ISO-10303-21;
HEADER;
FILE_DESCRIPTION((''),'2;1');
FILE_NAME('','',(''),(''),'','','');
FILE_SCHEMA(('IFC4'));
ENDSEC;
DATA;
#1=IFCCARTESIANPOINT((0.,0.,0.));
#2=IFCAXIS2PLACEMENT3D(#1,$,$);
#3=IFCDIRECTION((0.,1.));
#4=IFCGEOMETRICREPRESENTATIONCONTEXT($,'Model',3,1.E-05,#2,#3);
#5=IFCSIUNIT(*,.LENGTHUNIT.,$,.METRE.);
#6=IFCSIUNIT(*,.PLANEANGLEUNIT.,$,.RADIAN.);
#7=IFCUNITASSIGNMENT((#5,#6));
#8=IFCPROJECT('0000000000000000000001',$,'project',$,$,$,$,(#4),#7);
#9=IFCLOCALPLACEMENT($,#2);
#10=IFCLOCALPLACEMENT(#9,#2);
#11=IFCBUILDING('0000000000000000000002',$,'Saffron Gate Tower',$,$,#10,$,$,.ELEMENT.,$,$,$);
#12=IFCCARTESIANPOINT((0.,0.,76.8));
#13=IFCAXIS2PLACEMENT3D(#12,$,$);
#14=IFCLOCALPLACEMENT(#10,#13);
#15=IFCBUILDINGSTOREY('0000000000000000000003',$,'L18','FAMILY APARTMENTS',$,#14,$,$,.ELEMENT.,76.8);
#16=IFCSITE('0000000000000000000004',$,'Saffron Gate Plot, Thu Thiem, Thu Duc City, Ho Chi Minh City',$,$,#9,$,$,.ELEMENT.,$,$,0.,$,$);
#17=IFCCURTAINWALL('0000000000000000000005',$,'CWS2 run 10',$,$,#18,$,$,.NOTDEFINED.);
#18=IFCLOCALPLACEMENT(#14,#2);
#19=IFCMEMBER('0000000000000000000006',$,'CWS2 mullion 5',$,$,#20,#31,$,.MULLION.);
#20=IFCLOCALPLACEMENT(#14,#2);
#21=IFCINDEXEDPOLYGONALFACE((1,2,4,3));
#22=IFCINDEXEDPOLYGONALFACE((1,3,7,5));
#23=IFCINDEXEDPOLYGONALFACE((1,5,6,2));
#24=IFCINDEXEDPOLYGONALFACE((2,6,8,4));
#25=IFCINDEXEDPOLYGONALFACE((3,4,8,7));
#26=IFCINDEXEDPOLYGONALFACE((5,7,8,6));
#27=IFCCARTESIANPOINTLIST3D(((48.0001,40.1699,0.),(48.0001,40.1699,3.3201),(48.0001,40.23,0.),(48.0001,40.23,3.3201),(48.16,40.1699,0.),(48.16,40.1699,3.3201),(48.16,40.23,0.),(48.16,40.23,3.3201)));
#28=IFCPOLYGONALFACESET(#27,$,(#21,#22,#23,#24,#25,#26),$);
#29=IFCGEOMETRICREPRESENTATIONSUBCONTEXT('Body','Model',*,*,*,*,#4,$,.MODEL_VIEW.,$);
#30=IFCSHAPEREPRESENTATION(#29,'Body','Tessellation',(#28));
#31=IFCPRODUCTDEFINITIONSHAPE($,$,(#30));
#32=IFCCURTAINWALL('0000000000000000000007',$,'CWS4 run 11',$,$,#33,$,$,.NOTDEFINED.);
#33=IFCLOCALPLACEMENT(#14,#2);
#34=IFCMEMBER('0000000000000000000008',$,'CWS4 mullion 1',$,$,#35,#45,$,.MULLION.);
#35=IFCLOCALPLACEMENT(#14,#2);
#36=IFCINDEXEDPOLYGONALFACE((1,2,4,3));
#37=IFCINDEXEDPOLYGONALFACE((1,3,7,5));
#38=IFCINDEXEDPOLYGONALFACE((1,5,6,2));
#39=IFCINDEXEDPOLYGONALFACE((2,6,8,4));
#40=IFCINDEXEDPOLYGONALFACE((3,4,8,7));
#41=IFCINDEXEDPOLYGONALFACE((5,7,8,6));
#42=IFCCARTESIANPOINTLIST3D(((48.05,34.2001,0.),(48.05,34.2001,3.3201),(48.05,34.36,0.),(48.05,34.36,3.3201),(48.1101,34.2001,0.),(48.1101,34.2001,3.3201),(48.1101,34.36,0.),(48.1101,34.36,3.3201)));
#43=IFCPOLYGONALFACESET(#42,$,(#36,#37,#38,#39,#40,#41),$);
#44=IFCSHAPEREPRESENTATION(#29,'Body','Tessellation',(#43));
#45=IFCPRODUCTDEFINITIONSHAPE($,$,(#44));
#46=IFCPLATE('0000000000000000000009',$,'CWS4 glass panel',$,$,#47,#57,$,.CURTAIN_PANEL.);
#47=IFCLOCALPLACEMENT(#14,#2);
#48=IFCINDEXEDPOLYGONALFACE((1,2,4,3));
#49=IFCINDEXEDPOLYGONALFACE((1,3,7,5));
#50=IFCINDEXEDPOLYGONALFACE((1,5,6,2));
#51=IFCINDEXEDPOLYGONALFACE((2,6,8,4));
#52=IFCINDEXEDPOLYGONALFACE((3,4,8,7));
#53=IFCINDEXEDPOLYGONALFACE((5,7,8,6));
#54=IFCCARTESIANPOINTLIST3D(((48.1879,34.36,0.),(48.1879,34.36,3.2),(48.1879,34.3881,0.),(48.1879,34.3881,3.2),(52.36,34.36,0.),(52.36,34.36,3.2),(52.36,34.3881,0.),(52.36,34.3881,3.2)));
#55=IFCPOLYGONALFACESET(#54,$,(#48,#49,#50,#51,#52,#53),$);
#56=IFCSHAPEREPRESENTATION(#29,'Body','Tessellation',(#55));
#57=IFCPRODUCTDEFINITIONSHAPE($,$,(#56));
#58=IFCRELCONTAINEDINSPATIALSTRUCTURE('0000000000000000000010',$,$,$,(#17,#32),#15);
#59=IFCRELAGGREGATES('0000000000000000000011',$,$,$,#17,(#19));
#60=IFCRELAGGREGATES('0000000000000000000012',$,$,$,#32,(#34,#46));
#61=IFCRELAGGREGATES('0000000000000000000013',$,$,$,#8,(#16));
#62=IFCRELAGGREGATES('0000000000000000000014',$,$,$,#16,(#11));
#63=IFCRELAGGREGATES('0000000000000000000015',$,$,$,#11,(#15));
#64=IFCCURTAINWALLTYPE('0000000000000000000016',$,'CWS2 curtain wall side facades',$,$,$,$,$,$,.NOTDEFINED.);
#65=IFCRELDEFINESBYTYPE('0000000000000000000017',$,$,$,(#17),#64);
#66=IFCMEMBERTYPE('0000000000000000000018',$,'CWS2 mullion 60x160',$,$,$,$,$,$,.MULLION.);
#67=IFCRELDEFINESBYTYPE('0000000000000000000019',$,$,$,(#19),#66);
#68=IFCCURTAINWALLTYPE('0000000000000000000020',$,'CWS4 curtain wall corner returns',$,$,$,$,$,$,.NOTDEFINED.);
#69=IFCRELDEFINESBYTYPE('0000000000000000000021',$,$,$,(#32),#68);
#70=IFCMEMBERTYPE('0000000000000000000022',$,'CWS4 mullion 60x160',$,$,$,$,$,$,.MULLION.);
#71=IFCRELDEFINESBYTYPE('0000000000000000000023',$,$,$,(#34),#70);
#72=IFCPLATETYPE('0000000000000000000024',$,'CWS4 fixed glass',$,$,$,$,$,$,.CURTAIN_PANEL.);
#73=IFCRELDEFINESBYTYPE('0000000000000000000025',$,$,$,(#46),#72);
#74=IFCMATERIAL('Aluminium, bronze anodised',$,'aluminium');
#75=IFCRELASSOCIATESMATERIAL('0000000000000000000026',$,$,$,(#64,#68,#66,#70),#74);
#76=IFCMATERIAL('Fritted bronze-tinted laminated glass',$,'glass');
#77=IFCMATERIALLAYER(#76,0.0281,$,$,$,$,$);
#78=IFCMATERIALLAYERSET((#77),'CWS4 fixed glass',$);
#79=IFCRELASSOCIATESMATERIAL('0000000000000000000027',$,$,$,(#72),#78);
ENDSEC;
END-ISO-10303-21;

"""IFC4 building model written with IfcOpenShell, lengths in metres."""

from ifc_helpers import new_model, si_unit, direction, frame, frame_2d, origin, origin_2d, place, context, subcontext, project, spatial, rectangle, extrude, material, layer, layer_set, material_profile, profile_set, type_object, element, aggregate, save


model = new_model("IFC4")

# Units and contexts
model_context = context("Model", 3, precision=1e-05, world=origin(), true_north=direction((0.0, 1.0)))
body_context = subcontext(model_context, "Body", "Model", "MODEL_VIEW")
ifc_project = project(units=[si_unit("LENGTHUNIT", "METRE"), si_unit("PLANEANGLEUNIT", "RADIAN")], contexts=[model_context])

# Site, building, storey
site_placement = place(None, origin())
site = spatial("IfcSite", under=ifc_project, at=site_placement, Name="Saffron Gate Plot, Thu Thiem, Thu Duc City, Ho Chi Minh City", CompositionType="ELEMENT", RefElevation=0.0)
building_placement = place(site_placement, origin())
building = spatial("IfcBuilding", under=site, at=building_placement, Name="Saffron Gate Tower", CompositionType="ELEMENT")
storey_placement = place(building_placement, frame((0.0, 0.0, 76.8)))
storey = spatial("IfcBuildingStorey", under=building, at=storey_placement, Name="L18", Description="FAMILY APARTMENTS", CompositionType="ELEMENT", Elevation=76.8)

# Curtain wall, member
ifc_material_1 = material(Name="Aluminium, bronze anodised", Category="aluminium")
curtain_wall_type_1 = type_object("IfcCurtainWallType", Name="CWS2 curtain wall side facades", PredefinedType="NOTDEFINED", material=ifc_material_1)
curtain_wall_1_placement = place(storey_placement, origin())
curtain_wall_1 = element("IfcCurtainWall", 1, at=curtain_wall_1_placement, inside=storey, type_object=curtain_wall_type_1, Name="CWS2 run 10", PredefinedType="NOTDEFINED")
ifc_material_profile_1 = material_profile(ifc_material_1, rectangle(XDim=0.1599, YDim=0.0601, at=origin_2d()))
ifc_profile_set_1 = profile_set([ifc_material_profile_1], Name="Aluminium, bronze anodised")
member_type_1 = type_object("IfcMemberType", Name="CWS2 mullion 60x160", PredefinedType="MULLION", material=ifc_profile_set_1)
member_1_placement = place(storey_placement, frame((48.0801, 40.2, 0.0), z_axis=(0.0, 0.0, 1.0), x_axis=(1.0, 0.0, 0.0)))
member_1 = element("IfcMember", 2, at=member_1_placement, type_object=member_type_1, Name="CWS2 mullion 5", PredefinedType="MULLION", context=body_context, shape_type="SweptSolid", body=[
    extrude(rectangle(XDim=0.1599, YDim=0.0601, at=origin_2d()), origin(), (0.0, 0.0, 1.0), 3.3201),
])
aggregate(curtain_wall_1, [member_1])

# Curtain wall, member, plate
curtain_wall_type_2 = type_object("IfcCurtainWallType", Name="CWS4 curtain wall corner returns", PredefinedType="NOTDEFINED", material=ifc_material_1)
curtain_wall_2_placement = place(storey_placement, origin())
curtain_wall_2 = element("IfcCurtainWall", 3, at=curtain_wall_2_placement, inside=storey, type_object=curtain_wall_type_2, Name="CWS4 run 11", PredefinedType="NOTDEFINED")
ifc_material_profile_2 = material_profile(ifc_material_1, rectangle(XDim=0.1599, YDim=0.0601, at=origin_2d()))
ifc_profile_set_2 = profile_set([ifc_material_profile_2], Name="Aluminium, bronze anodised")
member_type_2 = type_object("IfcMemberType", Name="CWS4 mullion 60x160", PredefinedType="MULLION", material=ifc_profile_set_2)
member_2_placement = place(storey_placement, frame((48.0801, 34.28, 0.0), z_axis=(0.0, 0.0, 1.0), x_axis=(0.0, 1.0, 0.0)))
member_2 = element("IfcMember", 4, at=member_2_placement, type_object=member_type_2, Name="CWS4 mullion 1", PredefinedType="MULLION", context=body_context, shape_type="SweptSolid", body=[
    extrude(rectangle(XDim=0.1599, YDim=0.0601, at=origin_2d()), origin(), (0.0, 0.0, 1.0), 3.3201),
])
ifc_material_2 = material(Name="Fritted bronze-tinted laminated glass", Category="glass")
ifc_layer_1 = layer(ifc_material_2, 0.0281)
ifc_layer_set_1 = layer_set([ifc_layer_1], Name="CWS4 fixed glass")
plate_type = type_object("IfcPlateType", Name="CWS4 fixed glass", PredefinedType="CURTAIN_PANEL", material=ifc_layer_set_1)
plate_placement = place(storey_placement, frame((48.188, 34.374, 0.0), z_axis=(0.0, 0.0, 1.0), x_axis=(1.0, 0.0, 0.0)))
plate = element("IfcPlate", 5, at=plate_placement, type_object=plate_type, Name="CWS4 glass panel", PredefinedType="CURTAIN_PANEL", context=body_context, shape_type="SweptSolid", body=[
    extrude(rectangle(XDim=4.1721, YDim=0.0281, at=frame_2d((2.0859, 0.0))), origin(), (0.0, 0.0, 1.0), 3.2),
])
aggregate(curtain_wall_2, [member_2, plate])

save(model, "model.ifc")
